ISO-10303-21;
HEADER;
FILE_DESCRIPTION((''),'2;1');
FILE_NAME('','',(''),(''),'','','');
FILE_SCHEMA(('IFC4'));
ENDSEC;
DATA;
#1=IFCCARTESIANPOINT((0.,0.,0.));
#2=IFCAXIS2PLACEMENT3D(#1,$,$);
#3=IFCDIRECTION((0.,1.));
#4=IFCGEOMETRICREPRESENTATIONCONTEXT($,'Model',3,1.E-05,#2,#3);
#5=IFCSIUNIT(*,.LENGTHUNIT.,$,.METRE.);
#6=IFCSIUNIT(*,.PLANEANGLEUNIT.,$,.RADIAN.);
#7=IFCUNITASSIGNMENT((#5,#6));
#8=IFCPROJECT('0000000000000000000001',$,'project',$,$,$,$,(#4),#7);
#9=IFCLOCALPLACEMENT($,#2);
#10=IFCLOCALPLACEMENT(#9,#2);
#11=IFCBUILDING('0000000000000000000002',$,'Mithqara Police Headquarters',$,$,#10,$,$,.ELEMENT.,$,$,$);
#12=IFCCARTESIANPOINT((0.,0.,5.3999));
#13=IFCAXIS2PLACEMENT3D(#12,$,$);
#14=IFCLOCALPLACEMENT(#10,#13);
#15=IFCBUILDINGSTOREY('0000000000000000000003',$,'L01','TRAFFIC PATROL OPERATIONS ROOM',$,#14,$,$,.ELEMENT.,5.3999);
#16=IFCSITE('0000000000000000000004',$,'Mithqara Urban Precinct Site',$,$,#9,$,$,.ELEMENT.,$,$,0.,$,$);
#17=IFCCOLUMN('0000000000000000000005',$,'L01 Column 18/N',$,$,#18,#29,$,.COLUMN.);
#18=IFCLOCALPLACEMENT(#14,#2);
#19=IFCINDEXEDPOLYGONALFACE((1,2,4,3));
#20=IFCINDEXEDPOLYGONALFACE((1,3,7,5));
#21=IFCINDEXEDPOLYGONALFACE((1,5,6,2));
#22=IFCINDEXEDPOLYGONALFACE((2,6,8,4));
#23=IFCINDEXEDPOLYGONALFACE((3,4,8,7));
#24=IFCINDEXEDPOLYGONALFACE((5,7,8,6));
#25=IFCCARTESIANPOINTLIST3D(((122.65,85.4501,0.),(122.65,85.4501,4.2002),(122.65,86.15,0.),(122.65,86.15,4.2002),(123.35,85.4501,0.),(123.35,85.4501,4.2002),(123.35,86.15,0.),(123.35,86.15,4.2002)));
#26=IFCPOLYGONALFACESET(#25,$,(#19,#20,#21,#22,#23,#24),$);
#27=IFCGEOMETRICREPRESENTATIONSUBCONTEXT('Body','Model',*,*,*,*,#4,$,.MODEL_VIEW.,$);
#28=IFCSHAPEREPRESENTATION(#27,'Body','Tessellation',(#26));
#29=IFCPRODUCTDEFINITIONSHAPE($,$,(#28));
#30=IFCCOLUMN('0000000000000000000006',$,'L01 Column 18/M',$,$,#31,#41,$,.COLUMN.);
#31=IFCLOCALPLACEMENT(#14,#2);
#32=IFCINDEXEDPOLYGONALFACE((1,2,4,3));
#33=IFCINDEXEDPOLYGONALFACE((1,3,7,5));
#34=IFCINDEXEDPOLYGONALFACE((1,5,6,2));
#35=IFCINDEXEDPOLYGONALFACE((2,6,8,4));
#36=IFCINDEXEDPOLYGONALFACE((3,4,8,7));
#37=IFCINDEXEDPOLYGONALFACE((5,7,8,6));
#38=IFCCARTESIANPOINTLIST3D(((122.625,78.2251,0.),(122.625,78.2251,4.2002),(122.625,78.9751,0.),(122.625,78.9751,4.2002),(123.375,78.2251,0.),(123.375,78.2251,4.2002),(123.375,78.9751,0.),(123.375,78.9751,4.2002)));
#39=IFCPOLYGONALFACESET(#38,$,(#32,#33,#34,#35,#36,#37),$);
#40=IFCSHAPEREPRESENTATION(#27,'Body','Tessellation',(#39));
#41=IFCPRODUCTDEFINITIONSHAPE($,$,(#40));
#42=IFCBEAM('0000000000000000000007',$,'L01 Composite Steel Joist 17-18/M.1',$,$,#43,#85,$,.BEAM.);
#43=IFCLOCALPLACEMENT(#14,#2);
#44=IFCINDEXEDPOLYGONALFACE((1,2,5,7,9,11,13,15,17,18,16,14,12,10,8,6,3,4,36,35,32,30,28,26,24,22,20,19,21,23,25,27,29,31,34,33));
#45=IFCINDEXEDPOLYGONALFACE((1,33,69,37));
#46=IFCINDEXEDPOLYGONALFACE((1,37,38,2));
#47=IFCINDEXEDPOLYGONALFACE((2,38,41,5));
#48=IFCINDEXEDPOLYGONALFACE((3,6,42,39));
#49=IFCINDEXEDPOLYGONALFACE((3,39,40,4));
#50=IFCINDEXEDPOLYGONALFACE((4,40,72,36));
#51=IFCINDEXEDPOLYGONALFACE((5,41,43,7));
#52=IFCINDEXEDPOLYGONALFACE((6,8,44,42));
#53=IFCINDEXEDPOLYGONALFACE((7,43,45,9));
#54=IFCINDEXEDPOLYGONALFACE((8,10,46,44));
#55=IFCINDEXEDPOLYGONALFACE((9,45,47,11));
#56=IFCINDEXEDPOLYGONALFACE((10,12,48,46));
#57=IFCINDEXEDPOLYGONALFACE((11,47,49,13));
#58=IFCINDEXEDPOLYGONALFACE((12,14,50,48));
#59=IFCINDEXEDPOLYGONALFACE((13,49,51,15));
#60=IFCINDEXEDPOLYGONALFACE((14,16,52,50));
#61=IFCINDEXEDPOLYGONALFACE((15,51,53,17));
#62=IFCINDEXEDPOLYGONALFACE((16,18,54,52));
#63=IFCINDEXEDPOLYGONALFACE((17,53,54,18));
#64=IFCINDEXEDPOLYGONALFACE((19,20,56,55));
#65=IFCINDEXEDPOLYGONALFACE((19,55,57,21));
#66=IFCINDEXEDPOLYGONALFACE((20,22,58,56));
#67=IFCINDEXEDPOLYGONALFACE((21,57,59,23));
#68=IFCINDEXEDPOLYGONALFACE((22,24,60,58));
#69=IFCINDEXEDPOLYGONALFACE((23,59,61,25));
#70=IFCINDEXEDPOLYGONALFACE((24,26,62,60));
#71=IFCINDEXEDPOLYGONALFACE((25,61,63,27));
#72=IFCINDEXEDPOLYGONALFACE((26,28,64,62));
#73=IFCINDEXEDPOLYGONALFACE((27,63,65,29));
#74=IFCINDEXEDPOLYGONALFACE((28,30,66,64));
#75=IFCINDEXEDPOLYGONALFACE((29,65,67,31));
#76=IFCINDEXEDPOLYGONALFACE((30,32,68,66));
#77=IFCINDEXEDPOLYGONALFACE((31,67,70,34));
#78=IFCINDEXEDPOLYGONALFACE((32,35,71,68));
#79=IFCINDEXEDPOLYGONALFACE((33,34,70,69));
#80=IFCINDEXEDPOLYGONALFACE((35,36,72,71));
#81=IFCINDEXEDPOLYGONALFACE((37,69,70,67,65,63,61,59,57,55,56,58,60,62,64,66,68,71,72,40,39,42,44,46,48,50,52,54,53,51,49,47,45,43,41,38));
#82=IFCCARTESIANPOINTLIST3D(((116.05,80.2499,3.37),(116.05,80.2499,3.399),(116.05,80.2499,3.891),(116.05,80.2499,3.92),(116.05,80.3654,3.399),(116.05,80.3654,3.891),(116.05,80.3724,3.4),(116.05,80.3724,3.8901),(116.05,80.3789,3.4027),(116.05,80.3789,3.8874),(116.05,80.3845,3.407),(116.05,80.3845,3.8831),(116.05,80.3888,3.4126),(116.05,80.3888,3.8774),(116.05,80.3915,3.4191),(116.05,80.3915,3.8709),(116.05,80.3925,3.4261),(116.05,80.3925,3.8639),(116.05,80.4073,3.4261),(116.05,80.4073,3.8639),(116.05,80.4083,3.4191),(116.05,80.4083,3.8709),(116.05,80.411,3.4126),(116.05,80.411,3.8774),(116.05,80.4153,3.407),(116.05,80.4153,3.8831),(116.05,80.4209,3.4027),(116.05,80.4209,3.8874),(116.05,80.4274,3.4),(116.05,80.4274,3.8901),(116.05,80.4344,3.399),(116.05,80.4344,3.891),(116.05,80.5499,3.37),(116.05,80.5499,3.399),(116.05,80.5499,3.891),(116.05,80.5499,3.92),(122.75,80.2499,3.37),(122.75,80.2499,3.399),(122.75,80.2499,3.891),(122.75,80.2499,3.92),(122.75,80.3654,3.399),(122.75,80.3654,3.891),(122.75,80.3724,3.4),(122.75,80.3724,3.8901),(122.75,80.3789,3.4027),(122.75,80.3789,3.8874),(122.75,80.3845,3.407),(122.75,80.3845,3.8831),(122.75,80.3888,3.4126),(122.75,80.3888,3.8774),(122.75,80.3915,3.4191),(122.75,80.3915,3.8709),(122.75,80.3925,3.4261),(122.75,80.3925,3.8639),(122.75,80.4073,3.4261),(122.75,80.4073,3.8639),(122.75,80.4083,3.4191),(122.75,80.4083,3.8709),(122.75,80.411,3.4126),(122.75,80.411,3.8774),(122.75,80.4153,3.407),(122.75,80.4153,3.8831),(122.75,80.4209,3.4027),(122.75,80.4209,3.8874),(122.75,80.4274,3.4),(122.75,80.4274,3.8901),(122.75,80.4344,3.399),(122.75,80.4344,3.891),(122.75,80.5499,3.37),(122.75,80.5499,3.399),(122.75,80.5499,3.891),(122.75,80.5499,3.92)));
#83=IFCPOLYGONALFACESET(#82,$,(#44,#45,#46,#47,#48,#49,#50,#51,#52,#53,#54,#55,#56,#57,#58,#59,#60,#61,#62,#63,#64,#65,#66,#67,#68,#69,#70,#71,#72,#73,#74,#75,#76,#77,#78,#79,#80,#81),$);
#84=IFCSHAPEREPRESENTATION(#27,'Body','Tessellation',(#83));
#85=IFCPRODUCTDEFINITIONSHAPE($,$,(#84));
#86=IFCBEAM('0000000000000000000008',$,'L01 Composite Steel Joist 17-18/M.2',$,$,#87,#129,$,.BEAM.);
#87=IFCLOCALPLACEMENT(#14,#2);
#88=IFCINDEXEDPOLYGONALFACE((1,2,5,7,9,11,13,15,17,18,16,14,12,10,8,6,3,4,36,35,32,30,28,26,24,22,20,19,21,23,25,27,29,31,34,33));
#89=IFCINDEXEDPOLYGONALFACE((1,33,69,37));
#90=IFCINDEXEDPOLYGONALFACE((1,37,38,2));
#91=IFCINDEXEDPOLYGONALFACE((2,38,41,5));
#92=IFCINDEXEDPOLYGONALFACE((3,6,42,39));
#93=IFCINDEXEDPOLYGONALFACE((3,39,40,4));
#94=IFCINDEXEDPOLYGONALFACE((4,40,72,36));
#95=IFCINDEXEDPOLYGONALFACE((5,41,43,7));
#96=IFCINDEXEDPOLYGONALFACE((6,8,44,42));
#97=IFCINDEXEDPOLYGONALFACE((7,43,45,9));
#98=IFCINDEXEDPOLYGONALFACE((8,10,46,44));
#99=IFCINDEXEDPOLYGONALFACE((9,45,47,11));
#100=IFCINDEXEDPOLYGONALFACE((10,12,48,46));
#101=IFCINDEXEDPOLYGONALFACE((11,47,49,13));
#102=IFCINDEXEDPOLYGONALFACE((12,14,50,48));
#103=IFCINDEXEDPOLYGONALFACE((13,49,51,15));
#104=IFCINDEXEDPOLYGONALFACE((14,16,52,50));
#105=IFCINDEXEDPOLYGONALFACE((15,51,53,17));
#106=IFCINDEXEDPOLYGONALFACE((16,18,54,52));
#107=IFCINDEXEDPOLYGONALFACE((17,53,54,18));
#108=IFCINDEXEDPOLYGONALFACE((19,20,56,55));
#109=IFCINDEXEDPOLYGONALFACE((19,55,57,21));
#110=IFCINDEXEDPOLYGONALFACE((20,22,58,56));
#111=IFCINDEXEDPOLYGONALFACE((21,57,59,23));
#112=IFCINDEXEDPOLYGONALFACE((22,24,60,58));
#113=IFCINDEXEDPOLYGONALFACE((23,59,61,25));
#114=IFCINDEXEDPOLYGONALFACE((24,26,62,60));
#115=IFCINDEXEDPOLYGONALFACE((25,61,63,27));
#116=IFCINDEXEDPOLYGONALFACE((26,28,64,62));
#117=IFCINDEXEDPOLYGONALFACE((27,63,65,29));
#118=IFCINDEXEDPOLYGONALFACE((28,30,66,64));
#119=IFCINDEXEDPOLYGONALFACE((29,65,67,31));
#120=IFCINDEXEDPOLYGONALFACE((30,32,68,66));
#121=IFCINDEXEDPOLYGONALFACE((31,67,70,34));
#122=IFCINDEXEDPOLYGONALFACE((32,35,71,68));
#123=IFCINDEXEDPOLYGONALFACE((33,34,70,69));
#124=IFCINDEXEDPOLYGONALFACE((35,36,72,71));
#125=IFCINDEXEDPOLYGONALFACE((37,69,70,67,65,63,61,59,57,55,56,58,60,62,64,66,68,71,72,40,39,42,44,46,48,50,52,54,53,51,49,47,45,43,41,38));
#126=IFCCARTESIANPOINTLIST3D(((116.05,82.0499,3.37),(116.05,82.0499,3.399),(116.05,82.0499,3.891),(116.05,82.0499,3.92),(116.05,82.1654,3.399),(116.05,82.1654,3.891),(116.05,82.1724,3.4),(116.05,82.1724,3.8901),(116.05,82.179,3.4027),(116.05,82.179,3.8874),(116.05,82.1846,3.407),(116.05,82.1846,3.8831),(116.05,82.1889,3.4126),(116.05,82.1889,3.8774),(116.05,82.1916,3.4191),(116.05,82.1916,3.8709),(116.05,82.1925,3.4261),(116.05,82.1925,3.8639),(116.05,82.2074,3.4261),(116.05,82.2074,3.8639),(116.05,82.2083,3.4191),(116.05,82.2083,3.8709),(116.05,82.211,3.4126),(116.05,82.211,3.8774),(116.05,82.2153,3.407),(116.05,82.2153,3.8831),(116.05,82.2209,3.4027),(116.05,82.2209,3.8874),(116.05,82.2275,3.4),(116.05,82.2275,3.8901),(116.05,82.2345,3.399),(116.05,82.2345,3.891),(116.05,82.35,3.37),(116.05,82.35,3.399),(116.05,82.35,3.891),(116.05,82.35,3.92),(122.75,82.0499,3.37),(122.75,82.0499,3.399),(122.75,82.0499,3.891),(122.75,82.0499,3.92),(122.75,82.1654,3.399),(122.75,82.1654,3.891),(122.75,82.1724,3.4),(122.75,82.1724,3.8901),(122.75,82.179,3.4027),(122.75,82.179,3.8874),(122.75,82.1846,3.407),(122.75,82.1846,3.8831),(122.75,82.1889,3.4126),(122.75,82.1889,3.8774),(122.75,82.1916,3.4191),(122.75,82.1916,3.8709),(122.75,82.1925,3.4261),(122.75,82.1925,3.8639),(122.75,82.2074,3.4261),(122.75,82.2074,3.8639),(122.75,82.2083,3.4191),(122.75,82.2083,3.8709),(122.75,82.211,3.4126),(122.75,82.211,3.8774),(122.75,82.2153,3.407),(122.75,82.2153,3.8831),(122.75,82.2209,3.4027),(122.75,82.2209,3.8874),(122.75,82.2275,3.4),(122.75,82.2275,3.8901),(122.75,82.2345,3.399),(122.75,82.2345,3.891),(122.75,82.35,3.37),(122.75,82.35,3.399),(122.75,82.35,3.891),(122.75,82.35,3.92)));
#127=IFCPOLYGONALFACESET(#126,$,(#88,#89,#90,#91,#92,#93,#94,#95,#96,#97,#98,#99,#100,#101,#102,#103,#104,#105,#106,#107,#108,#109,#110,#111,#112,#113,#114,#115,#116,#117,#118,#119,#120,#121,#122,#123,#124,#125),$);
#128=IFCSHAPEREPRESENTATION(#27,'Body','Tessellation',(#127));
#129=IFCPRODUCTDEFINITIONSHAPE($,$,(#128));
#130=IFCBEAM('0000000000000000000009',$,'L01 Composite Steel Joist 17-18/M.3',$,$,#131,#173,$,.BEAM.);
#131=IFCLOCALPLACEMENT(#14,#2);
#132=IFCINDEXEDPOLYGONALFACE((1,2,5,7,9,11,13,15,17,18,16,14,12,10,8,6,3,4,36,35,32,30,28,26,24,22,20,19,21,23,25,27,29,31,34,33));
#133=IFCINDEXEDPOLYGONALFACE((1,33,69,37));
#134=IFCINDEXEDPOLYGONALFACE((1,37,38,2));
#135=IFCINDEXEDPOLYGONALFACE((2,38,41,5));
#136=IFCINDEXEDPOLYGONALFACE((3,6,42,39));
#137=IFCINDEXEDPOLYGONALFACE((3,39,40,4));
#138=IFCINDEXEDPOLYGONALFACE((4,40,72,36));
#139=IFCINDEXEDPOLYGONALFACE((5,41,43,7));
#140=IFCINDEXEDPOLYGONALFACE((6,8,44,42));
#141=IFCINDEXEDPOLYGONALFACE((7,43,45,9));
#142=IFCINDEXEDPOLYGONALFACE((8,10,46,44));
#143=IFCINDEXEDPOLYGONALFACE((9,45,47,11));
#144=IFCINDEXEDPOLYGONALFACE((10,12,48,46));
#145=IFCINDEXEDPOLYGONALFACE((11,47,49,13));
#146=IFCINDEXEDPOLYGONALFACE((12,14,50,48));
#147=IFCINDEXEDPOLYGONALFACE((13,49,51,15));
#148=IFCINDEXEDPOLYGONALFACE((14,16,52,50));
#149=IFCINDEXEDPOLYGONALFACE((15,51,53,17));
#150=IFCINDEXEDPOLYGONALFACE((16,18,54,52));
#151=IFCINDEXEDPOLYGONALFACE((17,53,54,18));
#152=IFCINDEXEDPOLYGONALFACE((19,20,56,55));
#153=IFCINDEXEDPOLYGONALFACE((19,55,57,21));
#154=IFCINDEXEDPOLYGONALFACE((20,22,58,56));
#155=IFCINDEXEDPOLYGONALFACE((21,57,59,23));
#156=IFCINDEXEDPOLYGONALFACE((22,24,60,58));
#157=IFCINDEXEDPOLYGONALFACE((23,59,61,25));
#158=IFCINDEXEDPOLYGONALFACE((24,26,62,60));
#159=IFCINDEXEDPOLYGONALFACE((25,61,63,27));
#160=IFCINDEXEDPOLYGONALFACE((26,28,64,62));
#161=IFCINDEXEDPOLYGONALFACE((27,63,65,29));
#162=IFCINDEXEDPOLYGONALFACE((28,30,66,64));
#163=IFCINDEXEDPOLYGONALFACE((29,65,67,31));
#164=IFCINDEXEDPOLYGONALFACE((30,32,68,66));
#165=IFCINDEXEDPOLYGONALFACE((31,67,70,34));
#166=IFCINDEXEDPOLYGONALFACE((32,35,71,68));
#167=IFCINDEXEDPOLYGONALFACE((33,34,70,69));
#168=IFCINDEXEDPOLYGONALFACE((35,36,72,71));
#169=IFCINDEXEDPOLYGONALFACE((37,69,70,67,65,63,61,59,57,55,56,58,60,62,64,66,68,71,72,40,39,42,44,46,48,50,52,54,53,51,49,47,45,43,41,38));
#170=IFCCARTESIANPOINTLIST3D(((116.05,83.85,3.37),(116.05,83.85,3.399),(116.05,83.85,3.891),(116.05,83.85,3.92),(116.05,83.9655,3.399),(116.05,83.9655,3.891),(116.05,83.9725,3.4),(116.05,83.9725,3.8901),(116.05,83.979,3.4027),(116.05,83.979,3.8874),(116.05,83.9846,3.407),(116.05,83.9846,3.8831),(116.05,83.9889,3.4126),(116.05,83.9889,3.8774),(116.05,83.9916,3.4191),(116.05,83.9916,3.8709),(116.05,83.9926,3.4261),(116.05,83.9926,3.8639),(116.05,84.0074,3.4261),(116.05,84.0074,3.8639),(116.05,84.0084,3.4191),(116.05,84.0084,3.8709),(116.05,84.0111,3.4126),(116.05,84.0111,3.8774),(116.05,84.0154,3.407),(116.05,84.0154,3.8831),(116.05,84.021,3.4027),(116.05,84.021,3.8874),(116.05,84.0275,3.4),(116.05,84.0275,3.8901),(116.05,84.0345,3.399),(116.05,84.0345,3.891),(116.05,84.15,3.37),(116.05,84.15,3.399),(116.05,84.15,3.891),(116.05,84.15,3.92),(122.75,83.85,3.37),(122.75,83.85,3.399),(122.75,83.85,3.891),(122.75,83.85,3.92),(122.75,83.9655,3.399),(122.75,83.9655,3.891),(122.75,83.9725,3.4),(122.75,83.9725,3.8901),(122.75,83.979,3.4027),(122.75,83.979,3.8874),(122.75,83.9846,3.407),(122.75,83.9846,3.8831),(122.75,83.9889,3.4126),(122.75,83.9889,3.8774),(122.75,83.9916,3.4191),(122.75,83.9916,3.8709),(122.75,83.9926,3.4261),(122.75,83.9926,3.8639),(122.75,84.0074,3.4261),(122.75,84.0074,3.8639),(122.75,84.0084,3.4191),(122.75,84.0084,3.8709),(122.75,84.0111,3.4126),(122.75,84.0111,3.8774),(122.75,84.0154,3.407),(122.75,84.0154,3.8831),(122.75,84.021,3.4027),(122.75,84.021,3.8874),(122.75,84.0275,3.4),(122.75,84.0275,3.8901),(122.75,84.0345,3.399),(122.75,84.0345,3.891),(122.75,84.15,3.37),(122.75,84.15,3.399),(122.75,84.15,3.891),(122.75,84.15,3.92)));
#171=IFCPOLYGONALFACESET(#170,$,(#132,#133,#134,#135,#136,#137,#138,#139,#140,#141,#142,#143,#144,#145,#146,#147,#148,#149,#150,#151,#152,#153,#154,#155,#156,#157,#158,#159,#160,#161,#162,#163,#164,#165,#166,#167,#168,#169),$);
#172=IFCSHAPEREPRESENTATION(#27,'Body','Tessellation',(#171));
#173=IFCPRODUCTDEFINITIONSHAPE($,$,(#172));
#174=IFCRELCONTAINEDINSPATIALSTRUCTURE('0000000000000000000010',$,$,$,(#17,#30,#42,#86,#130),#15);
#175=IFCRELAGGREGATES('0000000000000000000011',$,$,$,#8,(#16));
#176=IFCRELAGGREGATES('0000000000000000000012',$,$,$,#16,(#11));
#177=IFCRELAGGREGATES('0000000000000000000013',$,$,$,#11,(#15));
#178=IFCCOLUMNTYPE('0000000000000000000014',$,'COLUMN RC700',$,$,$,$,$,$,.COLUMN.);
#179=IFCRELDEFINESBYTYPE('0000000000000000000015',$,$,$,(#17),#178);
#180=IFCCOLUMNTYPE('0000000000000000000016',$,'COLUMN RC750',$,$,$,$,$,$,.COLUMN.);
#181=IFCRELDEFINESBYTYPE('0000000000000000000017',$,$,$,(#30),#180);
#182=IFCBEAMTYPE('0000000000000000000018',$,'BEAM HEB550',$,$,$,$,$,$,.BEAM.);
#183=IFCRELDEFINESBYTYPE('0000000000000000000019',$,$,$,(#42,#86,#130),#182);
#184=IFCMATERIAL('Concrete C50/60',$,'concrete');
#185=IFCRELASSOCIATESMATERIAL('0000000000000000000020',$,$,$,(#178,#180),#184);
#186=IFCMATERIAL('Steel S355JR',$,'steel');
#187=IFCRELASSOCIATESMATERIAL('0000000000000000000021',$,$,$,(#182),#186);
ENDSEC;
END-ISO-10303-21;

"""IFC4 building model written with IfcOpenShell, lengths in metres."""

from ifc_helpers import new_model, si_unit, direction, frame, origin, origin_2d, place, context, subcontext, project, spatial, rectangle, i_section, extrude, material, material_profile, profile_set, type_object, element, save


model = new_model("IFC4")

# Units and contexts
model_context = context("Model", 3, precision=1e-05, world=origin(), true_north=direction((0.0, 1.0)))
body_context = subcontext(model_context, "Body", "Model", "MODEL_VIEW")
ifc_project = project(units=[si_unit("LENGTHUNIT", "METRE"), si_unit("PLANEANGLEUNIT", "RADIAN")], contexts=[model_context])

# Site, building, storey
site_placement = place(None, origin())
site = spatial("IfcSite", under=ifc_project, at=site_placement, Name="Mithqara Urban Precinct Site", CompositionType="ELEMENT", RefElevation=0.0)
building_placement = place(site_placement, origin())
building = spatial("IfcBuilding", under=site, at=building_placement, Name="Mithqara Police Headquarters", CompositionType="ELEMENT")
storey_placement = place(building_placement, frame((0.0, 0.0, 5.3999)))
storey = spatial("IfcBuildingStorey", under=building, at=storey_placement, Name="L01", Description="TRAFFIC PATROL OPERATIONS ROOM", CompositionType="ELEMENT", Elevation=5.3999)

# Columns
ifc_material_1 = material(Name="Concrete C50/60", Category="concrete")
ifc_material_profile_1 = material_profile(ifc_material_1, rectangle(XDim=0.7, YDim=0.7, at=origin_2d()), Name="RC 700x700")
ifc_profile_set_1 = profile_set([ifc_material_profile_1], Name="Concrete C50/60")
column_type_1 = type_object("IfcColumnType", Name="COLUMN RC700", PredefinedType="COLUMN", material=ifc_profile_set_1)
column_1_placement = place(storey_placement, frame((123.0, 85.8, 0.0), z_axis=(0.0, 0.0, 1.0), x_axis=(1.0, 0.0, 0.0)))
element("IfcColumn", 1, at=column_1_placement, inside=storey, type_object=column_type_1, Name="L01 Column 18/N", PredefinedType="COLUMN", context=body_context, shape_type="SweptSolid", body=[
    extrude(rectangle(XDim=0.7, YDim=0.7, at=origin_2d()), origin(), (0.0, 0.0, 1.0), 4.2002),
])
ifc_material_profile_2 = material_profile(ifc_material_1, rectangle(XDim=0.75, YDim=0.75, at=origin_2d()), Name="RC 750x750")
ifc_profile_set_2 = profile_set([ifc_material_profile_2], Name="Concrete C50/60")
column_type_2 = type_object("IfcColumnType", Name="COLUMN RC750", PredefinedType="COLUMN", material=ifc_profile_set_2)
column_2_placement = place(storey_placement, frame((123.0, 78.6001, 0.0), z_axis=(0.0, 0.0, 1.0), x_axis=(1.0, 0.0, 0.0)))
element("IfcColumn", 2, at=column_2_placement, inside=storey, type_object=column_type_2, Name="L01 Column 18/M", PredefinedType="COLUMN", context=body_context, shape_type="SweptSolid", body=[
    extrude(rectangle(XDim=0.75, YDim=0.75, at=origin_2d()), origin(), (0.0, 0.0, 1.0), 4.2002),
])

# Beams
ifc_material_2 = material(Name="Steel S355JR", Category="steel")
ifc_material_profile_3 = material_profile(ifc_material_2, i_section(OverallWidth=0.3, OverallDepth=0.55, WebThickness=0.0149, FlangeThickness=0.0291, FilletRadius=0.0271, at=origin_2d()), Name="HEB 550")
ifc_profile_set_3 = profile_set([ifc_material_profile_3], Name="Steel S355JR")
beam_type_1 = type_object("IfcBeamType", Name="BEAM HEB550", PredefinedType="BEAM", material=ifc_profile_set_3)
for number, where, z_axis, x_axis, name in (
    (3, (116.05, 80.3999, 3.645), (1.0, 0.0, 0.0), (0.0, 1.0, 0.0), "L01 Composite Steel Joist 17-18/M.1"),
    (4, (116.05, 82.2, 3.645), (1.0, 0.0, 0.0), (0.0, 1.0, 0.0), "L01 Composite Steel Joist 17-18/M.2"),
    (5, (116.05, 84.0, 3.645), (1.0, 0.0, 0.0), (0.0, 1.0, 0.0), "L01 Composite Steel Joist 17-18/M.3"),
):
    element("IfcBeam", number, at=place(storey_placement, frame(where, z_axis=z_axis, x_axis=x_axis)), inside=storey, type_object=beam_type_1, Name=name, PredefinedType="BEAM", context=body_context, shape_type="SweptSolid", body=[
        extrude(i_section(OverallWidth=0.3, OverallDepth=0.55, WebThickness=0.0149, FlangeThickness=0.0291, FilletRadius=0.0271, at=origin_2d()), origin(), (0.0, 0.0, 1.0), 6.7),
    ])

save(model, "model.ifc")
